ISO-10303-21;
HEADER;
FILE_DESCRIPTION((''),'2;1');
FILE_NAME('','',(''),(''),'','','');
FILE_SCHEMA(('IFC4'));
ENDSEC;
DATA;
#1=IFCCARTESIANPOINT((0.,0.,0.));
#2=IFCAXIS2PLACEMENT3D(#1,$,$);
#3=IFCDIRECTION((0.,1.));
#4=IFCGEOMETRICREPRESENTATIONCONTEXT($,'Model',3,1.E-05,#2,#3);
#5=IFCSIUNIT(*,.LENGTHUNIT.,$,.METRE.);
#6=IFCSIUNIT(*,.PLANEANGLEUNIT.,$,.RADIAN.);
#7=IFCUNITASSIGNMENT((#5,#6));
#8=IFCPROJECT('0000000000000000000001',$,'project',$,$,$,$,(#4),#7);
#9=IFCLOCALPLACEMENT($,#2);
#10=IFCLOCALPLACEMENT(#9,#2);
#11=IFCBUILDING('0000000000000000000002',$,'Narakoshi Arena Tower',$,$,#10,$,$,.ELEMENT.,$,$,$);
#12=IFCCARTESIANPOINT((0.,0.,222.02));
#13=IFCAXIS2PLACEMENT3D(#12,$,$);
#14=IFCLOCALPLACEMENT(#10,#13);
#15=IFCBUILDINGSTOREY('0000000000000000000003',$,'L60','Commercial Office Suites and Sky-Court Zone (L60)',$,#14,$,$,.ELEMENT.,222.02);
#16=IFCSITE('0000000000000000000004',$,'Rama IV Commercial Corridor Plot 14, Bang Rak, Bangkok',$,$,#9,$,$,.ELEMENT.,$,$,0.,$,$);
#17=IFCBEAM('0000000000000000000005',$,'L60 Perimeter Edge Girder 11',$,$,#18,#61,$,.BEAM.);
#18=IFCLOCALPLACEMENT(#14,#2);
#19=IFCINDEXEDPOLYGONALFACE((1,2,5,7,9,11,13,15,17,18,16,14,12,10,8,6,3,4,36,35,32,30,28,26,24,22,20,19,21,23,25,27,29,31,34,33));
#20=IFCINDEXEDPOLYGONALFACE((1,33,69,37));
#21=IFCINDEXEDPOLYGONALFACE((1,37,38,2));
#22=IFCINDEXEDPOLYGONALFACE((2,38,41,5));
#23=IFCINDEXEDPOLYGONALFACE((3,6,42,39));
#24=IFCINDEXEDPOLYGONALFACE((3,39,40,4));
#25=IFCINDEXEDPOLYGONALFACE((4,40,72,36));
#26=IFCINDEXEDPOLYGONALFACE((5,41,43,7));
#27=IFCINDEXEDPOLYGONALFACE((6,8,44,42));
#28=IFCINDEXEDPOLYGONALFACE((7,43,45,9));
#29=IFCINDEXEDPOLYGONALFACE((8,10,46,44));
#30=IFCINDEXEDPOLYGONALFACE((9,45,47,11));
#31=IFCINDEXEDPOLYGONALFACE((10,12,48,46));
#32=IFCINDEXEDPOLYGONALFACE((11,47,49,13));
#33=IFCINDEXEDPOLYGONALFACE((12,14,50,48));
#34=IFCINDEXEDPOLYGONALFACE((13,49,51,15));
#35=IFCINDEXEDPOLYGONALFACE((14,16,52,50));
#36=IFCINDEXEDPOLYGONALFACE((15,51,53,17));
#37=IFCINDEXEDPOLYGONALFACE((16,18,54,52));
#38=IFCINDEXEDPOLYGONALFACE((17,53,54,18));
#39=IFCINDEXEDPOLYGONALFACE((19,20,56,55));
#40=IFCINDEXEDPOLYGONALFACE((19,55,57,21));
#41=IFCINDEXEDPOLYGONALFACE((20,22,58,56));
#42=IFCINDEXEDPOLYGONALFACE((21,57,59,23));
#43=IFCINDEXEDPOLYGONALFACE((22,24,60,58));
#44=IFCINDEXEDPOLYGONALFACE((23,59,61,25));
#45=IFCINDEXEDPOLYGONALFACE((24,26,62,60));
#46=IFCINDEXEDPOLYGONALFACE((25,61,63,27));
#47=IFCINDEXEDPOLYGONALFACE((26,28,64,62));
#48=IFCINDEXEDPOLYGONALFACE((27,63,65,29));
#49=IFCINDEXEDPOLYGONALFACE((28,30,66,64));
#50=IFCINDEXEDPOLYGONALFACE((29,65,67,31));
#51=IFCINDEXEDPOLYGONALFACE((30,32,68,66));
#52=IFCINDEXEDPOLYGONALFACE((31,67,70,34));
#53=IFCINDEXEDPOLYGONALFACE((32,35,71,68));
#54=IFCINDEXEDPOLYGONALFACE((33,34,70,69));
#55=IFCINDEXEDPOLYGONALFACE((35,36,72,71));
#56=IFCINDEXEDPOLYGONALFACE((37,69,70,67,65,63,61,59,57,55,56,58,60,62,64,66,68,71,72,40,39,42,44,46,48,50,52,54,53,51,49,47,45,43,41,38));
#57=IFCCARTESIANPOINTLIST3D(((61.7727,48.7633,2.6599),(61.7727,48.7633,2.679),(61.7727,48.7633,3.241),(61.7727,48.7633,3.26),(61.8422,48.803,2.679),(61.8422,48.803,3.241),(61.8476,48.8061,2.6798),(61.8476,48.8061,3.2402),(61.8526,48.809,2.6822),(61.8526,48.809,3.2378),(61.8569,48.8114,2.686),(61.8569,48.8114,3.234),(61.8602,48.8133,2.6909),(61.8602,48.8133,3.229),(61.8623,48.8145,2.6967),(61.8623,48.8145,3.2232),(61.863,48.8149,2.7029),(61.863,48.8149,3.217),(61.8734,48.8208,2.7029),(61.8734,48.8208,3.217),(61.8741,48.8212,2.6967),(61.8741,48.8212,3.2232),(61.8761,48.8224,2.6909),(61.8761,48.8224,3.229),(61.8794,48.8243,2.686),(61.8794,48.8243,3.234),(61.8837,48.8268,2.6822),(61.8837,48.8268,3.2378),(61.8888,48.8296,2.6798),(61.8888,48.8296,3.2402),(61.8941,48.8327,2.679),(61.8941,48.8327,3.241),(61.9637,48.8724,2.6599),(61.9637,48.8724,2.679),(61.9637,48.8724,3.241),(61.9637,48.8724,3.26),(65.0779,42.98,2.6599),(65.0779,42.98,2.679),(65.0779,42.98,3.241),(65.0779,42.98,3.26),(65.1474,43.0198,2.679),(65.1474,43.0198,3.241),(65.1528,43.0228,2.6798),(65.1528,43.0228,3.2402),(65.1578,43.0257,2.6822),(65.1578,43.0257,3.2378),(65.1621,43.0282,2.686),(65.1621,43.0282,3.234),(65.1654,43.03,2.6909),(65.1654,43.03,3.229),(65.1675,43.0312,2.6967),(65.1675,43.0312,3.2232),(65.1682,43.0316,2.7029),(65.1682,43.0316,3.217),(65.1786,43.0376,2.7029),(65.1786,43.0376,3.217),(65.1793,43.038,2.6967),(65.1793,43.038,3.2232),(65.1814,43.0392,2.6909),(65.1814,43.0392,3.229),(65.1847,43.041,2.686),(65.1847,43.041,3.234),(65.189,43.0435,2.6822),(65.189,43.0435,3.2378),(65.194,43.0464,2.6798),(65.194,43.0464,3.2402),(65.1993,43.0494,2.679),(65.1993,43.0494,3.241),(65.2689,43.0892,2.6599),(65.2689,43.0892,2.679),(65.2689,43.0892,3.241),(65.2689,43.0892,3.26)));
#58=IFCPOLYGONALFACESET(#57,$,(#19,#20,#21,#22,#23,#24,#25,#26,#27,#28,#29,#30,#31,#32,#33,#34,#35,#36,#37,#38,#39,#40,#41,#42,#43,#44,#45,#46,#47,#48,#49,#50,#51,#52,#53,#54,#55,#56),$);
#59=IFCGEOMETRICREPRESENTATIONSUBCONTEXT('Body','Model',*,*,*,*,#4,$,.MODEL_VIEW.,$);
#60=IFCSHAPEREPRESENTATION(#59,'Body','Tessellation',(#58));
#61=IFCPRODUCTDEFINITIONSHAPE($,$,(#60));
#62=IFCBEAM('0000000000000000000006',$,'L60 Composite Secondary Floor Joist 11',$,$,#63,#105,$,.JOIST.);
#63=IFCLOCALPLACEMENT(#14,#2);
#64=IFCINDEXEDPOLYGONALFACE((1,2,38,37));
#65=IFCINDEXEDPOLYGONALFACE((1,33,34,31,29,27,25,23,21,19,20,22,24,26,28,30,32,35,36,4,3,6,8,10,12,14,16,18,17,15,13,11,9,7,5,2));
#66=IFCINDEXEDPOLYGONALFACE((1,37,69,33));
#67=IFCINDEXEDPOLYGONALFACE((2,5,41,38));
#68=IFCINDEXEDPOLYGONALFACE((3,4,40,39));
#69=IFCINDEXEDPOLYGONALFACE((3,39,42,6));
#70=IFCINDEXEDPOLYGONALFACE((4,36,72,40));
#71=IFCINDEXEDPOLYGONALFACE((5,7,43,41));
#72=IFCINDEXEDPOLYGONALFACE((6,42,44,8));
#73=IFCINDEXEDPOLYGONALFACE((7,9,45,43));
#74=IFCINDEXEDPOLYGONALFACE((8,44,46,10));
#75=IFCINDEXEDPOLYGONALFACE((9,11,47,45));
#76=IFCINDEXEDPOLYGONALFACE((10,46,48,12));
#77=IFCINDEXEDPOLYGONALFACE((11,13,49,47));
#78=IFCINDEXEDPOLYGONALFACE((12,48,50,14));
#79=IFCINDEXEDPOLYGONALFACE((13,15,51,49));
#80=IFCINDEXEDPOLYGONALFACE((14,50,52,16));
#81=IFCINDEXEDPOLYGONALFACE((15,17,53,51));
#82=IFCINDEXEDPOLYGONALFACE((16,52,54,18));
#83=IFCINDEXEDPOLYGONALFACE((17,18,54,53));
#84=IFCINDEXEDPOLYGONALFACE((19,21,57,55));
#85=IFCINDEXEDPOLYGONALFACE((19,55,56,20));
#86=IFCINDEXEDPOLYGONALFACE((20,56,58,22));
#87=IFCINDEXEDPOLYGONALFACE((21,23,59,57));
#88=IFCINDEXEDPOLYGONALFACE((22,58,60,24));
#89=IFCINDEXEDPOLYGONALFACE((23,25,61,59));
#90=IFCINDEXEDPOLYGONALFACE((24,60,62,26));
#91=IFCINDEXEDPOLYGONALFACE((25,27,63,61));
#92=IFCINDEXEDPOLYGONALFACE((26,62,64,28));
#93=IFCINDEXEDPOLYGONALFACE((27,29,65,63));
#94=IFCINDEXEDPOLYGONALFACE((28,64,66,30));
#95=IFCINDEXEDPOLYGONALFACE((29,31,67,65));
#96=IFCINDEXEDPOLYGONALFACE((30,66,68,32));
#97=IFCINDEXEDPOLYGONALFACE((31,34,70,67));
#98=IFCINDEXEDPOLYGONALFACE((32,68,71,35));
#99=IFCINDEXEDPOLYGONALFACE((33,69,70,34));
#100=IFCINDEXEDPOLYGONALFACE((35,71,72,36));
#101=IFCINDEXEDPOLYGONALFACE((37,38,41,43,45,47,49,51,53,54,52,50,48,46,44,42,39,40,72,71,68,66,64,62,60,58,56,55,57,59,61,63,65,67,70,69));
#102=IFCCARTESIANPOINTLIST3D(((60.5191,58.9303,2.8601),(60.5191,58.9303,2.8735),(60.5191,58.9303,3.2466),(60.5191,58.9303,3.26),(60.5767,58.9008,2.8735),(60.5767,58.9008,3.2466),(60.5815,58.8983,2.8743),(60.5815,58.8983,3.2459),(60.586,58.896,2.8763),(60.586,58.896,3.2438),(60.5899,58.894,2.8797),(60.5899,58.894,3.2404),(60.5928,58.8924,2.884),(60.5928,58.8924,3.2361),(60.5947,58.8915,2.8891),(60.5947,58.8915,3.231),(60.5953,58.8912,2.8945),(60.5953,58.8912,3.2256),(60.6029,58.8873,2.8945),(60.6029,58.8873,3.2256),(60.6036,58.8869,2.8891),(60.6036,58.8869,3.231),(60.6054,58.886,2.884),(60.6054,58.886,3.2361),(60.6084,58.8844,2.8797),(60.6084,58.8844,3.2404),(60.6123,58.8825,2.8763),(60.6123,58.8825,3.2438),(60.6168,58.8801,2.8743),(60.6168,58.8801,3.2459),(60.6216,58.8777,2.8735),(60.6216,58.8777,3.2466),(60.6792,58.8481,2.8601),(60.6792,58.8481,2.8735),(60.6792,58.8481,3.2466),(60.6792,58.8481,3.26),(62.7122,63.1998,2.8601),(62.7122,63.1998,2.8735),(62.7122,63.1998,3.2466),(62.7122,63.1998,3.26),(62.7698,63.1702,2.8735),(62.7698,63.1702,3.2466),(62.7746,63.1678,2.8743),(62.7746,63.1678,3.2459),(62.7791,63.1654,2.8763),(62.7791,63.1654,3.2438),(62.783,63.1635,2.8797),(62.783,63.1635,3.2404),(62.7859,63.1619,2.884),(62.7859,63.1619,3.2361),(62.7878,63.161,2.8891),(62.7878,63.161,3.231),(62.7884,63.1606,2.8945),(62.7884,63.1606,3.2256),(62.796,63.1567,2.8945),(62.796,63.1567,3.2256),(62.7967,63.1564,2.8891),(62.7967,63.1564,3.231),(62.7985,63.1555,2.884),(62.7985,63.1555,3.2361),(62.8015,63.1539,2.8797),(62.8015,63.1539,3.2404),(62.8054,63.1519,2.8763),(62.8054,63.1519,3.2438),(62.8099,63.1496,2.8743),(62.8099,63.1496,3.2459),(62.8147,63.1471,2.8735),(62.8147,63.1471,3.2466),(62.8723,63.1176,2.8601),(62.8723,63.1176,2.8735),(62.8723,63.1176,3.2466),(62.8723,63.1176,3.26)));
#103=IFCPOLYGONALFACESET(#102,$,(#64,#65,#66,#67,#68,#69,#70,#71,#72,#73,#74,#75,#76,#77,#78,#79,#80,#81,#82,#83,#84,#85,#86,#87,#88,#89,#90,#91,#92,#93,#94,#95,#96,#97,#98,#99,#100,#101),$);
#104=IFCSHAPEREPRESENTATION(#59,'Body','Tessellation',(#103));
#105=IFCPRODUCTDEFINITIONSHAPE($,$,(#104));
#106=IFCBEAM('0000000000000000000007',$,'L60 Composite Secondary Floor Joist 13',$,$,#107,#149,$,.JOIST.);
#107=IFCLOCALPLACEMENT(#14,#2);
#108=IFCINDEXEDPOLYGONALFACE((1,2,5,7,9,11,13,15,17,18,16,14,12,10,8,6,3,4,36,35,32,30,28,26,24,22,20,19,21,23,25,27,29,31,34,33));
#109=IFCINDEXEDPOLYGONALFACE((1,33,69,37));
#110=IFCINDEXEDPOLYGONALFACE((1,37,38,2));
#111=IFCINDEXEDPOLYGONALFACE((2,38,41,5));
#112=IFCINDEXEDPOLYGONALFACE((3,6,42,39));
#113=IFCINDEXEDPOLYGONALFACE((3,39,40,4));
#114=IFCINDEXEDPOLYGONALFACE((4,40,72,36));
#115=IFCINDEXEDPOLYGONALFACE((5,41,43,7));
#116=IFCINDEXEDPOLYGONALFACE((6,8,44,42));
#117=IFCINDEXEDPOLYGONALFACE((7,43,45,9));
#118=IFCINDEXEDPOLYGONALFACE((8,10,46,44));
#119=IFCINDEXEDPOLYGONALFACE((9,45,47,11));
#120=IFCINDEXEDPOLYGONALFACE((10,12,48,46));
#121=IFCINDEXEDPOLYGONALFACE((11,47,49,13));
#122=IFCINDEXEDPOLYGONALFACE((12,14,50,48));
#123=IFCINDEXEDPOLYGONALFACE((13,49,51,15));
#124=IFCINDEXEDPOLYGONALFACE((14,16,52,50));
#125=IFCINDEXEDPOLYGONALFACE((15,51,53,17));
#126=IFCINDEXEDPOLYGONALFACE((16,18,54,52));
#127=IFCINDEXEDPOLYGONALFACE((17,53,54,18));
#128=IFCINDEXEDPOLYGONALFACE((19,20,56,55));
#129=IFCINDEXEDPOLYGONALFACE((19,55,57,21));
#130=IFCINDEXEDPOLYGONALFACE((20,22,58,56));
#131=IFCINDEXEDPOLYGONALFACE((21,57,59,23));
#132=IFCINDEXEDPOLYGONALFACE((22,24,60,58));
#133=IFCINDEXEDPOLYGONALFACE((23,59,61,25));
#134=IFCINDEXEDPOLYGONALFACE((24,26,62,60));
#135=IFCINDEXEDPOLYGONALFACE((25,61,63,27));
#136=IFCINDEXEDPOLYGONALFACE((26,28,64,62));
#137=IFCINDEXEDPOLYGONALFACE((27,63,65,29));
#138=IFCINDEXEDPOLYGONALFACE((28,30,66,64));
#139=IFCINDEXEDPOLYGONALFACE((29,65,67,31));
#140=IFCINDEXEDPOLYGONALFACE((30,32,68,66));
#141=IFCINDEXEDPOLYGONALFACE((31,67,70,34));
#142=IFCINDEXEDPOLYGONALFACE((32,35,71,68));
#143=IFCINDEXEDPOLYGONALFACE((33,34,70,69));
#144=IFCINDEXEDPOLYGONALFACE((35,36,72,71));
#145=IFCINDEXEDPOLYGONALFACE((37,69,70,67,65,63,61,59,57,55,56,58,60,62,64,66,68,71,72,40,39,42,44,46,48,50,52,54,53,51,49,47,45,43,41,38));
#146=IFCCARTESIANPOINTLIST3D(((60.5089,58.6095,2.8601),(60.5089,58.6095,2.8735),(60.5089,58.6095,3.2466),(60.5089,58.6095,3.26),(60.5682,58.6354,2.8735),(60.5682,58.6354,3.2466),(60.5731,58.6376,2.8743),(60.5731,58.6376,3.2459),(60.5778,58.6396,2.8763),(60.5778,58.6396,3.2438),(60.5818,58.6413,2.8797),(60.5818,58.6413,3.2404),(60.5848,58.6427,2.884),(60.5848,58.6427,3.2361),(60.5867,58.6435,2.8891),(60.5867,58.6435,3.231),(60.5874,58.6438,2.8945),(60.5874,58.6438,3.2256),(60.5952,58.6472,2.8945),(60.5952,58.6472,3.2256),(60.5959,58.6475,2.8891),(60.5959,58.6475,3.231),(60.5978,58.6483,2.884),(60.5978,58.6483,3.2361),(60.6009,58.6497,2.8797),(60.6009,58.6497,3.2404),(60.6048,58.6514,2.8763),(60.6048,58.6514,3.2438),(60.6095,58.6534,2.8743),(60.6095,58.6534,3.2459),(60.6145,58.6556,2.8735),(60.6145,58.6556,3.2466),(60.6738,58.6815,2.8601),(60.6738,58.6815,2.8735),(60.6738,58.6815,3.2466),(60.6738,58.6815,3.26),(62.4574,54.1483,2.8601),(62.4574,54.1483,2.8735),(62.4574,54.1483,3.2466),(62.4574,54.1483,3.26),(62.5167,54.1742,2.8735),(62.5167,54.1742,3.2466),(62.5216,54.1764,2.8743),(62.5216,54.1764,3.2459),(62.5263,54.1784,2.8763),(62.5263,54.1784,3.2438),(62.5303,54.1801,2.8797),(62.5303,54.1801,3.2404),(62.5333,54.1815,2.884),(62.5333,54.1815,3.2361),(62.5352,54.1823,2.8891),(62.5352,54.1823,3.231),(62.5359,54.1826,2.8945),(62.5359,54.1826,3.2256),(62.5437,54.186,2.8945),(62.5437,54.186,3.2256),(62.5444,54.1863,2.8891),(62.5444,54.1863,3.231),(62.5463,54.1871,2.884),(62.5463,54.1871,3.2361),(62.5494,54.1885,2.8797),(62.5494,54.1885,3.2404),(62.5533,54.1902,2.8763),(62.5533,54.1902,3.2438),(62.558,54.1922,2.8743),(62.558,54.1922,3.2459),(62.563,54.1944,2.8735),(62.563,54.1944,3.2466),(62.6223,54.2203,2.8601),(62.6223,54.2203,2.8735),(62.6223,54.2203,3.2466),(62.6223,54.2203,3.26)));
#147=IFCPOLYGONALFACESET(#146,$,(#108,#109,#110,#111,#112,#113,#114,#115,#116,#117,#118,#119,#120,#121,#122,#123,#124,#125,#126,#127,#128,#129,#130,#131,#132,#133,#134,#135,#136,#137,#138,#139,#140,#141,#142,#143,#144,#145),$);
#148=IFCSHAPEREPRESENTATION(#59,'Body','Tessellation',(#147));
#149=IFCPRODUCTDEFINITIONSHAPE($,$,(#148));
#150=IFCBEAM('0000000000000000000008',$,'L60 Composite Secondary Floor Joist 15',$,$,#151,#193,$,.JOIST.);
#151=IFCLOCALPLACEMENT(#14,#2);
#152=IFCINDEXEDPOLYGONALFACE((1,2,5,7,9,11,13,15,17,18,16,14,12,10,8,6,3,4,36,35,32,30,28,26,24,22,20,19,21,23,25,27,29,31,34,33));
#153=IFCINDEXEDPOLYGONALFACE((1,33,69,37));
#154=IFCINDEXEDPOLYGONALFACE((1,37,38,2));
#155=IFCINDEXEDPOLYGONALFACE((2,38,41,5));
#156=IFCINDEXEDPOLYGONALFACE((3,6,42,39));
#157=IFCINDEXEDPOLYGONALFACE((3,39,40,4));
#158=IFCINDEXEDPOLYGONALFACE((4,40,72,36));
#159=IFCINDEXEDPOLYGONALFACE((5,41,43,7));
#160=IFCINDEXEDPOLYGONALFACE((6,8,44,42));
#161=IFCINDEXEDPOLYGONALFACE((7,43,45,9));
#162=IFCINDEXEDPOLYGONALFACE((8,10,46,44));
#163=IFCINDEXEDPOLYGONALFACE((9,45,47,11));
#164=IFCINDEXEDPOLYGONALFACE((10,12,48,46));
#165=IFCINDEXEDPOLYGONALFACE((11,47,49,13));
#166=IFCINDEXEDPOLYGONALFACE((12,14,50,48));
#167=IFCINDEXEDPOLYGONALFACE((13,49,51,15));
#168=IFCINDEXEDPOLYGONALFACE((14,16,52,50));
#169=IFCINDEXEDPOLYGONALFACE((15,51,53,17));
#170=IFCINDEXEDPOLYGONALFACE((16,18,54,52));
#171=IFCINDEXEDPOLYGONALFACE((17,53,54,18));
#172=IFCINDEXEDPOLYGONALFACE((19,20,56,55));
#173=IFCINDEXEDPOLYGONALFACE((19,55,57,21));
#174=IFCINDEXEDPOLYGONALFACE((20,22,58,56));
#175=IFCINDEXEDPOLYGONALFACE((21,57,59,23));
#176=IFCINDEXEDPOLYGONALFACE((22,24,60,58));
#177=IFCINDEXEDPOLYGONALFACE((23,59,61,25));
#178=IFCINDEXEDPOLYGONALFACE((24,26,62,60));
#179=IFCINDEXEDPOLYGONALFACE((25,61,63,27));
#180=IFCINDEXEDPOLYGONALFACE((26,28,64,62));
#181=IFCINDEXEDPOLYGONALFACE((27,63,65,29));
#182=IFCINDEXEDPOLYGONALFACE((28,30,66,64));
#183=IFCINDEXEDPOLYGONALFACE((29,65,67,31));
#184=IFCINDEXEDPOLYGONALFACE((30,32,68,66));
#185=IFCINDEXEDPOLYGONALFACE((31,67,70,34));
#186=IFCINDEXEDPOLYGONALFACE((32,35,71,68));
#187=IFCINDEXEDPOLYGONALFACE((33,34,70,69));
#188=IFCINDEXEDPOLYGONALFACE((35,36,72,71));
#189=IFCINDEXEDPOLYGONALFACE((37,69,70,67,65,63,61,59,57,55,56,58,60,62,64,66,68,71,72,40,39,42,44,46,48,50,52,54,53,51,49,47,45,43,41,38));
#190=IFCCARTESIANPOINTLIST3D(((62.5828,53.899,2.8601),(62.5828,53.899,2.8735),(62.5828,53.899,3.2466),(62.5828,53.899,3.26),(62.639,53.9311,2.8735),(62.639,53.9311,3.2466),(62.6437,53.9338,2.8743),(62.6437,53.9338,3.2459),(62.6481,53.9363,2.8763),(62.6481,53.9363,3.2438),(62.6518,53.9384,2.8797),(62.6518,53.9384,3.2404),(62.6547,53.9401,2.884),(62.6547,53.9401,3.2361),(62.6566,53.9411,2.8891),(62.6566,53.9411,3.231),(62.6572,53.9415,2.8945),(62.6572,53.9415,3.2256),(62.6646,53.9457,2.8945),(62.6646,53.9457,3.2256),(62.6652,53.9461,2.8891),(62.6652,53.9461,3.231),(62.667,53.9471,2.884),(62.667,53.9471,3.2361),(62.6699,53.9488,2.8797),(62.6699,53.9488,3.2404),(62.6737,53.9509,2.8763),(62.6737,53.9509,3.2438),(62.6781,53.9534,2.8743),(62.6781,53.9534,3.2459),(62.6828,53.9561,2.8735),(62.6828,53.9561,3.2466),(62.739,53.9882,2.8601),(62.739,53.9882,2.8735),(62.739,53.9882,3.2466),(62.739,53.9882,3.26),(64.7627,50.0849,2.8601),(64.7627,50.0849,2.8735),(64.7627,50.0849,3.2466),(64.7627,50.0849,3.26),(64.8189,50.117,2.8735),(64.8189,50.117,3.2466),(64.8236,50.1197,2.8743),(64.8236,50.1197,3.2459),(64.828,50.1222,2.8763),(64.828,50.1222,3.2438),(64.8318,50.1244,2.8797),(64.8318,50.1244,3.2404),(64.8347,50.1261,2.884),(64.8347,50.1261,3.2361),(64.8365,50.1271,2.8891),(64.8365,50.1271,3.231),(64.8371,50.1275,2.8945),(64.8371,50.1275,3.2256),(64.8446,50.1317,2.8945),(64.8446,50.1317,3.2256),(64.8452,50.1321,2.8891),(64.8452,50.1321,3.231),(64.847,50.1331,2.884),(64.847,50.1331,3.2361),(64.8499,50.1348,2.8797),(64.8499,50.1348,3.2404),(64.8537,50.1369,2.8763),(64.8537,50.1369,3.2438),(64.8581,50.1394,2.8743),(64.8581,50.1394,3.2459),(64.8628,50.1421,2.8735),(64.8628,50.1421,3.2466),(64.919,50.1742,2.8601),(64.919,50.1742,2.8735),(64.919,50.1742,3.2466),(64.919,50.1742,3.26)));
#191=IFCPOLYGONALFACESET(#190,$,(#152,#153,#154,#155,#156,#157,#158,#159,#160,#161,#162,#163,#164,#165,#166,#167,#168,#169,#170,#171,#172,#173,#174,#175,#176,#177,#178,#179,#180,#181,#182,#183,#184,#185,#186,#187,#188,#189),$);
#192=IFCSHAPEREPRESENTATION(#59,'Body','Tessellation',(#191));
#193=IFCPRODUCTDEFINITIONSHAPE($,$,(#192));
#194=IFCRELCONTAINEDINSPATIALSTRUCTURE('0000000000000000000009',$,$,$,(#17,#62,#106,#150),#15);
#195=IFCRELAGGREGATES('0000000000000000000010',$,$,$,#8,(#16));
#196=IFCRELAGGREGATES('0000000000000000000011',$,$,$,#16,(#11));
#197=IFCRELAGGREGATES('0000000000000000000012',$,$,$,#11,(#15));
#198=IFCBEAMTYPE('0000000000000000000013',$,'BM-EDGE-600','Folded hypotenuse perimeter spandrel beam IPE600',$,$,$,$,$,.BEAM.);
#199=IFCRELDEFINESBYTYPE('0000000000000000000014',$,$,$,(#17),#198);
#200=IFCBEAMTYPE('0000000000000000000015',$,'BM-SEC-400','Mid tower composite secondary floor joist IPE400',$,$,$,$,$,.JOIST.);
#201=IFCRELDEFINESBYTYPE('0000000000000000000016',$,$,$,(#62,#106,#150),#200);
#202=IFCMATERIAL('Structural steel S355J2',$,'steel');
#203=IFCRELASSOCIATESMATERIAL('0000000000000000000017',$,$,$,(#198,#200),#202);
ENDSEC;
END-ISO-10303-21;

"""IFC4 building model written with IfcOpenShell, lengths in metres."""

from ifc_helpers import new_model, si_unit, direction, frame, origin, origin_2d, place, context, subcontext, project, spatial, i_section, extrude, material, material_profile, profile_set, type_object, element, save


model = new_model("IFC4")

# Units and contexts
model_context = context("Model", 3, precision=1e-05, world=origin(), true_north=direction((0.0, 1.0)))
body_context = subcontext(model_context, "Body", "Model", "MODEL_VIEW")
ifc_project = project(units=[si_unit("LENGTHUNIT", "METRE"), si_unit("PLANEANGLEUNIT", "RADIAN")], contexts=[model_context])

# Site, building, storey
site_placement = place(None, origin())
site = spatial("IfcSite", under=ifc_project, at=site_placement, Name="Rama IV Commercial Corridor Plot 14, Bang Rak, Bangkok", CompositionType="ELEMENT", RefElevation=0.0)
building_placement = place(site_placement, origin())
building = spatial("IfcBuilding", under=site, at=building_placement, Name="Narakoshi Arena Tower", CompositionType="ELEMENT")
storey_placement = place(building_placement, frame((0.0, 0.0, 222.02)))
storey = spatial("IfcBuildingStorey", under=building, at=storey_placement, Name="L60", Description="Commercial Office Suites and Sky-Court Zone (L60)", CompositionType="ELEMENT", Elevation=222.02)

# Beams
ifc_material_1 = material(Name="Structural steel S355J2", Category="steel")
ifc_material_profile_1 = material_profile(ifc_material_1, i_section(OverallWidth=0.22, OverallDepth=0.6001, WebThickness=0.012, FlangeThickness=0.019, FilletRadius=0.0239, at=origin_2d()), Name="IPE600")
ifc_profile_set_1 = profile_set([ifc_material_profile_1], Name="Structural steel S355J2")
beam_type_1 = type_object("IfcBeamType", Name="BM-EDGE-600", Description="Folded hypotenuse perimeter spandrel beam IPE600", PredefinedType="BEAM", material=ifc_profile_set_1)
for number, where, z_axis, x_axis, name in (
    (1, (61.8682, 48.8179, 2.96), (0.496194, -0.868212, 0.0), (0.868212, 0.496194, 0.0), "L60 Perimeter Edge Girder 11"),
):
    element("IfcBeam", number, at=place(storey_placement, frame(where, z_axis=z_axis, x_axis=x_axis)), inside=storey, type_object=beam_type_1, Name=name, PredefinedType="BEAM", context=body_context, shape_type="SweptSolid", body=[
        extrude(i_section(OverallWidth=0.22, OverallDepth=0.6001, WebThickness=0.012, FlangeThickness=0.019, FilletRadius=0.0239, at=origin_2d()), origin(), (0.0, 0.0, 1.0), 6.6611),
    ])
ifc_material_profile_2 = material_profile(ifc_material_1, i_section(OverallWidth=0.1799, OverallDepth=0.3999, WebThickness=0.0085, FlangeThickness=0.0134, FilletRadius=0.021, at=origin_2d()), Name="IPE400")
ifc_profile_set_2 = profile_set([ifc_material_profile_2], Name="Structural steel S355J2")
beam_type_2 = type_object("IfcBeamType", Name="BM-SEC-400", Description="Mid tower composite secondary floor joist IPE400", PredefinedType="JOIST", material=ifc_profile_set_2)
beam_1_placement = place(storey_placement, frame((62.7922, 63.1587, 3.0601), z_axis=(-0.456912, -0.889512, 0.0), x_axis=(0.889512, -0.456912, 0.0)))
element("IfcBeam", 2, at=beam_1_placement, inside=storey, type_object=beam_type_2, Name="L60 Composite Secondary Floor Joist 11", PredefinedType="JOIST", context=body_context, shape_type="SweptSolid", body=[
    extrude(i_section(OverallWidth=0.1799, OverallDepth=0.3999, WebThickness=0.0085, FlangeThickness=0.0134, FilletRadius=0.021, at=origin_2d()), origin(), (0.0, 0.0, 1.0), 4.7998),
])
beam_2_placement = place(storey_placement, frame((60.5913, 58.6455, 3.0601), z_axis=(0.400253, -0.916405, 0.0), x_axis=(0.916405, 0.400253, 0.0)))
element("IfcBeam", 3, at=beam_2_placement, inside=storey, type_object=beam_type_2, Name="L60 Composite Secondary Floor Joist 13", PredefinedType="JOIST", context=body_context, shape_type="SweptSolid", body=[
    extrude(i_section(OverallWidth=0.1799, OverallDepth=0.3999, WebThickness=0.0085, FlangeThickness=0.0134, FilletRadius=0.021, at=origin_2d()), origin(), (0.0, 0.0, 1.0), 4.8682),
])
beam_3_placement = place(storey_placement, frame((62.6609, 53.9436, 3.0601), z_axis=(0.496229, -0.868192, 0.0), x_axis=(0.868192, 0.496229, 0.0)))
element("IfcBeam", 4, at=beam_3_placement, inside=storey, type_object=beam_type_2, Name="L60 Composite Secondary Floor Joist 15", PredefinedType="JOIST", context=body_context, shape_type="SweptSolid", body=[
    extrude(i_section(OverallWidth=0.1799, OverallDepth=0.3999, WebThickness=0.0085, FlangeThickness=0.0134, FilletRadius=0.021, at=origin_2d()), origin(), (0.0, 0.0, 1.0), 4.3931),
])

save(model, "model.ifc")
